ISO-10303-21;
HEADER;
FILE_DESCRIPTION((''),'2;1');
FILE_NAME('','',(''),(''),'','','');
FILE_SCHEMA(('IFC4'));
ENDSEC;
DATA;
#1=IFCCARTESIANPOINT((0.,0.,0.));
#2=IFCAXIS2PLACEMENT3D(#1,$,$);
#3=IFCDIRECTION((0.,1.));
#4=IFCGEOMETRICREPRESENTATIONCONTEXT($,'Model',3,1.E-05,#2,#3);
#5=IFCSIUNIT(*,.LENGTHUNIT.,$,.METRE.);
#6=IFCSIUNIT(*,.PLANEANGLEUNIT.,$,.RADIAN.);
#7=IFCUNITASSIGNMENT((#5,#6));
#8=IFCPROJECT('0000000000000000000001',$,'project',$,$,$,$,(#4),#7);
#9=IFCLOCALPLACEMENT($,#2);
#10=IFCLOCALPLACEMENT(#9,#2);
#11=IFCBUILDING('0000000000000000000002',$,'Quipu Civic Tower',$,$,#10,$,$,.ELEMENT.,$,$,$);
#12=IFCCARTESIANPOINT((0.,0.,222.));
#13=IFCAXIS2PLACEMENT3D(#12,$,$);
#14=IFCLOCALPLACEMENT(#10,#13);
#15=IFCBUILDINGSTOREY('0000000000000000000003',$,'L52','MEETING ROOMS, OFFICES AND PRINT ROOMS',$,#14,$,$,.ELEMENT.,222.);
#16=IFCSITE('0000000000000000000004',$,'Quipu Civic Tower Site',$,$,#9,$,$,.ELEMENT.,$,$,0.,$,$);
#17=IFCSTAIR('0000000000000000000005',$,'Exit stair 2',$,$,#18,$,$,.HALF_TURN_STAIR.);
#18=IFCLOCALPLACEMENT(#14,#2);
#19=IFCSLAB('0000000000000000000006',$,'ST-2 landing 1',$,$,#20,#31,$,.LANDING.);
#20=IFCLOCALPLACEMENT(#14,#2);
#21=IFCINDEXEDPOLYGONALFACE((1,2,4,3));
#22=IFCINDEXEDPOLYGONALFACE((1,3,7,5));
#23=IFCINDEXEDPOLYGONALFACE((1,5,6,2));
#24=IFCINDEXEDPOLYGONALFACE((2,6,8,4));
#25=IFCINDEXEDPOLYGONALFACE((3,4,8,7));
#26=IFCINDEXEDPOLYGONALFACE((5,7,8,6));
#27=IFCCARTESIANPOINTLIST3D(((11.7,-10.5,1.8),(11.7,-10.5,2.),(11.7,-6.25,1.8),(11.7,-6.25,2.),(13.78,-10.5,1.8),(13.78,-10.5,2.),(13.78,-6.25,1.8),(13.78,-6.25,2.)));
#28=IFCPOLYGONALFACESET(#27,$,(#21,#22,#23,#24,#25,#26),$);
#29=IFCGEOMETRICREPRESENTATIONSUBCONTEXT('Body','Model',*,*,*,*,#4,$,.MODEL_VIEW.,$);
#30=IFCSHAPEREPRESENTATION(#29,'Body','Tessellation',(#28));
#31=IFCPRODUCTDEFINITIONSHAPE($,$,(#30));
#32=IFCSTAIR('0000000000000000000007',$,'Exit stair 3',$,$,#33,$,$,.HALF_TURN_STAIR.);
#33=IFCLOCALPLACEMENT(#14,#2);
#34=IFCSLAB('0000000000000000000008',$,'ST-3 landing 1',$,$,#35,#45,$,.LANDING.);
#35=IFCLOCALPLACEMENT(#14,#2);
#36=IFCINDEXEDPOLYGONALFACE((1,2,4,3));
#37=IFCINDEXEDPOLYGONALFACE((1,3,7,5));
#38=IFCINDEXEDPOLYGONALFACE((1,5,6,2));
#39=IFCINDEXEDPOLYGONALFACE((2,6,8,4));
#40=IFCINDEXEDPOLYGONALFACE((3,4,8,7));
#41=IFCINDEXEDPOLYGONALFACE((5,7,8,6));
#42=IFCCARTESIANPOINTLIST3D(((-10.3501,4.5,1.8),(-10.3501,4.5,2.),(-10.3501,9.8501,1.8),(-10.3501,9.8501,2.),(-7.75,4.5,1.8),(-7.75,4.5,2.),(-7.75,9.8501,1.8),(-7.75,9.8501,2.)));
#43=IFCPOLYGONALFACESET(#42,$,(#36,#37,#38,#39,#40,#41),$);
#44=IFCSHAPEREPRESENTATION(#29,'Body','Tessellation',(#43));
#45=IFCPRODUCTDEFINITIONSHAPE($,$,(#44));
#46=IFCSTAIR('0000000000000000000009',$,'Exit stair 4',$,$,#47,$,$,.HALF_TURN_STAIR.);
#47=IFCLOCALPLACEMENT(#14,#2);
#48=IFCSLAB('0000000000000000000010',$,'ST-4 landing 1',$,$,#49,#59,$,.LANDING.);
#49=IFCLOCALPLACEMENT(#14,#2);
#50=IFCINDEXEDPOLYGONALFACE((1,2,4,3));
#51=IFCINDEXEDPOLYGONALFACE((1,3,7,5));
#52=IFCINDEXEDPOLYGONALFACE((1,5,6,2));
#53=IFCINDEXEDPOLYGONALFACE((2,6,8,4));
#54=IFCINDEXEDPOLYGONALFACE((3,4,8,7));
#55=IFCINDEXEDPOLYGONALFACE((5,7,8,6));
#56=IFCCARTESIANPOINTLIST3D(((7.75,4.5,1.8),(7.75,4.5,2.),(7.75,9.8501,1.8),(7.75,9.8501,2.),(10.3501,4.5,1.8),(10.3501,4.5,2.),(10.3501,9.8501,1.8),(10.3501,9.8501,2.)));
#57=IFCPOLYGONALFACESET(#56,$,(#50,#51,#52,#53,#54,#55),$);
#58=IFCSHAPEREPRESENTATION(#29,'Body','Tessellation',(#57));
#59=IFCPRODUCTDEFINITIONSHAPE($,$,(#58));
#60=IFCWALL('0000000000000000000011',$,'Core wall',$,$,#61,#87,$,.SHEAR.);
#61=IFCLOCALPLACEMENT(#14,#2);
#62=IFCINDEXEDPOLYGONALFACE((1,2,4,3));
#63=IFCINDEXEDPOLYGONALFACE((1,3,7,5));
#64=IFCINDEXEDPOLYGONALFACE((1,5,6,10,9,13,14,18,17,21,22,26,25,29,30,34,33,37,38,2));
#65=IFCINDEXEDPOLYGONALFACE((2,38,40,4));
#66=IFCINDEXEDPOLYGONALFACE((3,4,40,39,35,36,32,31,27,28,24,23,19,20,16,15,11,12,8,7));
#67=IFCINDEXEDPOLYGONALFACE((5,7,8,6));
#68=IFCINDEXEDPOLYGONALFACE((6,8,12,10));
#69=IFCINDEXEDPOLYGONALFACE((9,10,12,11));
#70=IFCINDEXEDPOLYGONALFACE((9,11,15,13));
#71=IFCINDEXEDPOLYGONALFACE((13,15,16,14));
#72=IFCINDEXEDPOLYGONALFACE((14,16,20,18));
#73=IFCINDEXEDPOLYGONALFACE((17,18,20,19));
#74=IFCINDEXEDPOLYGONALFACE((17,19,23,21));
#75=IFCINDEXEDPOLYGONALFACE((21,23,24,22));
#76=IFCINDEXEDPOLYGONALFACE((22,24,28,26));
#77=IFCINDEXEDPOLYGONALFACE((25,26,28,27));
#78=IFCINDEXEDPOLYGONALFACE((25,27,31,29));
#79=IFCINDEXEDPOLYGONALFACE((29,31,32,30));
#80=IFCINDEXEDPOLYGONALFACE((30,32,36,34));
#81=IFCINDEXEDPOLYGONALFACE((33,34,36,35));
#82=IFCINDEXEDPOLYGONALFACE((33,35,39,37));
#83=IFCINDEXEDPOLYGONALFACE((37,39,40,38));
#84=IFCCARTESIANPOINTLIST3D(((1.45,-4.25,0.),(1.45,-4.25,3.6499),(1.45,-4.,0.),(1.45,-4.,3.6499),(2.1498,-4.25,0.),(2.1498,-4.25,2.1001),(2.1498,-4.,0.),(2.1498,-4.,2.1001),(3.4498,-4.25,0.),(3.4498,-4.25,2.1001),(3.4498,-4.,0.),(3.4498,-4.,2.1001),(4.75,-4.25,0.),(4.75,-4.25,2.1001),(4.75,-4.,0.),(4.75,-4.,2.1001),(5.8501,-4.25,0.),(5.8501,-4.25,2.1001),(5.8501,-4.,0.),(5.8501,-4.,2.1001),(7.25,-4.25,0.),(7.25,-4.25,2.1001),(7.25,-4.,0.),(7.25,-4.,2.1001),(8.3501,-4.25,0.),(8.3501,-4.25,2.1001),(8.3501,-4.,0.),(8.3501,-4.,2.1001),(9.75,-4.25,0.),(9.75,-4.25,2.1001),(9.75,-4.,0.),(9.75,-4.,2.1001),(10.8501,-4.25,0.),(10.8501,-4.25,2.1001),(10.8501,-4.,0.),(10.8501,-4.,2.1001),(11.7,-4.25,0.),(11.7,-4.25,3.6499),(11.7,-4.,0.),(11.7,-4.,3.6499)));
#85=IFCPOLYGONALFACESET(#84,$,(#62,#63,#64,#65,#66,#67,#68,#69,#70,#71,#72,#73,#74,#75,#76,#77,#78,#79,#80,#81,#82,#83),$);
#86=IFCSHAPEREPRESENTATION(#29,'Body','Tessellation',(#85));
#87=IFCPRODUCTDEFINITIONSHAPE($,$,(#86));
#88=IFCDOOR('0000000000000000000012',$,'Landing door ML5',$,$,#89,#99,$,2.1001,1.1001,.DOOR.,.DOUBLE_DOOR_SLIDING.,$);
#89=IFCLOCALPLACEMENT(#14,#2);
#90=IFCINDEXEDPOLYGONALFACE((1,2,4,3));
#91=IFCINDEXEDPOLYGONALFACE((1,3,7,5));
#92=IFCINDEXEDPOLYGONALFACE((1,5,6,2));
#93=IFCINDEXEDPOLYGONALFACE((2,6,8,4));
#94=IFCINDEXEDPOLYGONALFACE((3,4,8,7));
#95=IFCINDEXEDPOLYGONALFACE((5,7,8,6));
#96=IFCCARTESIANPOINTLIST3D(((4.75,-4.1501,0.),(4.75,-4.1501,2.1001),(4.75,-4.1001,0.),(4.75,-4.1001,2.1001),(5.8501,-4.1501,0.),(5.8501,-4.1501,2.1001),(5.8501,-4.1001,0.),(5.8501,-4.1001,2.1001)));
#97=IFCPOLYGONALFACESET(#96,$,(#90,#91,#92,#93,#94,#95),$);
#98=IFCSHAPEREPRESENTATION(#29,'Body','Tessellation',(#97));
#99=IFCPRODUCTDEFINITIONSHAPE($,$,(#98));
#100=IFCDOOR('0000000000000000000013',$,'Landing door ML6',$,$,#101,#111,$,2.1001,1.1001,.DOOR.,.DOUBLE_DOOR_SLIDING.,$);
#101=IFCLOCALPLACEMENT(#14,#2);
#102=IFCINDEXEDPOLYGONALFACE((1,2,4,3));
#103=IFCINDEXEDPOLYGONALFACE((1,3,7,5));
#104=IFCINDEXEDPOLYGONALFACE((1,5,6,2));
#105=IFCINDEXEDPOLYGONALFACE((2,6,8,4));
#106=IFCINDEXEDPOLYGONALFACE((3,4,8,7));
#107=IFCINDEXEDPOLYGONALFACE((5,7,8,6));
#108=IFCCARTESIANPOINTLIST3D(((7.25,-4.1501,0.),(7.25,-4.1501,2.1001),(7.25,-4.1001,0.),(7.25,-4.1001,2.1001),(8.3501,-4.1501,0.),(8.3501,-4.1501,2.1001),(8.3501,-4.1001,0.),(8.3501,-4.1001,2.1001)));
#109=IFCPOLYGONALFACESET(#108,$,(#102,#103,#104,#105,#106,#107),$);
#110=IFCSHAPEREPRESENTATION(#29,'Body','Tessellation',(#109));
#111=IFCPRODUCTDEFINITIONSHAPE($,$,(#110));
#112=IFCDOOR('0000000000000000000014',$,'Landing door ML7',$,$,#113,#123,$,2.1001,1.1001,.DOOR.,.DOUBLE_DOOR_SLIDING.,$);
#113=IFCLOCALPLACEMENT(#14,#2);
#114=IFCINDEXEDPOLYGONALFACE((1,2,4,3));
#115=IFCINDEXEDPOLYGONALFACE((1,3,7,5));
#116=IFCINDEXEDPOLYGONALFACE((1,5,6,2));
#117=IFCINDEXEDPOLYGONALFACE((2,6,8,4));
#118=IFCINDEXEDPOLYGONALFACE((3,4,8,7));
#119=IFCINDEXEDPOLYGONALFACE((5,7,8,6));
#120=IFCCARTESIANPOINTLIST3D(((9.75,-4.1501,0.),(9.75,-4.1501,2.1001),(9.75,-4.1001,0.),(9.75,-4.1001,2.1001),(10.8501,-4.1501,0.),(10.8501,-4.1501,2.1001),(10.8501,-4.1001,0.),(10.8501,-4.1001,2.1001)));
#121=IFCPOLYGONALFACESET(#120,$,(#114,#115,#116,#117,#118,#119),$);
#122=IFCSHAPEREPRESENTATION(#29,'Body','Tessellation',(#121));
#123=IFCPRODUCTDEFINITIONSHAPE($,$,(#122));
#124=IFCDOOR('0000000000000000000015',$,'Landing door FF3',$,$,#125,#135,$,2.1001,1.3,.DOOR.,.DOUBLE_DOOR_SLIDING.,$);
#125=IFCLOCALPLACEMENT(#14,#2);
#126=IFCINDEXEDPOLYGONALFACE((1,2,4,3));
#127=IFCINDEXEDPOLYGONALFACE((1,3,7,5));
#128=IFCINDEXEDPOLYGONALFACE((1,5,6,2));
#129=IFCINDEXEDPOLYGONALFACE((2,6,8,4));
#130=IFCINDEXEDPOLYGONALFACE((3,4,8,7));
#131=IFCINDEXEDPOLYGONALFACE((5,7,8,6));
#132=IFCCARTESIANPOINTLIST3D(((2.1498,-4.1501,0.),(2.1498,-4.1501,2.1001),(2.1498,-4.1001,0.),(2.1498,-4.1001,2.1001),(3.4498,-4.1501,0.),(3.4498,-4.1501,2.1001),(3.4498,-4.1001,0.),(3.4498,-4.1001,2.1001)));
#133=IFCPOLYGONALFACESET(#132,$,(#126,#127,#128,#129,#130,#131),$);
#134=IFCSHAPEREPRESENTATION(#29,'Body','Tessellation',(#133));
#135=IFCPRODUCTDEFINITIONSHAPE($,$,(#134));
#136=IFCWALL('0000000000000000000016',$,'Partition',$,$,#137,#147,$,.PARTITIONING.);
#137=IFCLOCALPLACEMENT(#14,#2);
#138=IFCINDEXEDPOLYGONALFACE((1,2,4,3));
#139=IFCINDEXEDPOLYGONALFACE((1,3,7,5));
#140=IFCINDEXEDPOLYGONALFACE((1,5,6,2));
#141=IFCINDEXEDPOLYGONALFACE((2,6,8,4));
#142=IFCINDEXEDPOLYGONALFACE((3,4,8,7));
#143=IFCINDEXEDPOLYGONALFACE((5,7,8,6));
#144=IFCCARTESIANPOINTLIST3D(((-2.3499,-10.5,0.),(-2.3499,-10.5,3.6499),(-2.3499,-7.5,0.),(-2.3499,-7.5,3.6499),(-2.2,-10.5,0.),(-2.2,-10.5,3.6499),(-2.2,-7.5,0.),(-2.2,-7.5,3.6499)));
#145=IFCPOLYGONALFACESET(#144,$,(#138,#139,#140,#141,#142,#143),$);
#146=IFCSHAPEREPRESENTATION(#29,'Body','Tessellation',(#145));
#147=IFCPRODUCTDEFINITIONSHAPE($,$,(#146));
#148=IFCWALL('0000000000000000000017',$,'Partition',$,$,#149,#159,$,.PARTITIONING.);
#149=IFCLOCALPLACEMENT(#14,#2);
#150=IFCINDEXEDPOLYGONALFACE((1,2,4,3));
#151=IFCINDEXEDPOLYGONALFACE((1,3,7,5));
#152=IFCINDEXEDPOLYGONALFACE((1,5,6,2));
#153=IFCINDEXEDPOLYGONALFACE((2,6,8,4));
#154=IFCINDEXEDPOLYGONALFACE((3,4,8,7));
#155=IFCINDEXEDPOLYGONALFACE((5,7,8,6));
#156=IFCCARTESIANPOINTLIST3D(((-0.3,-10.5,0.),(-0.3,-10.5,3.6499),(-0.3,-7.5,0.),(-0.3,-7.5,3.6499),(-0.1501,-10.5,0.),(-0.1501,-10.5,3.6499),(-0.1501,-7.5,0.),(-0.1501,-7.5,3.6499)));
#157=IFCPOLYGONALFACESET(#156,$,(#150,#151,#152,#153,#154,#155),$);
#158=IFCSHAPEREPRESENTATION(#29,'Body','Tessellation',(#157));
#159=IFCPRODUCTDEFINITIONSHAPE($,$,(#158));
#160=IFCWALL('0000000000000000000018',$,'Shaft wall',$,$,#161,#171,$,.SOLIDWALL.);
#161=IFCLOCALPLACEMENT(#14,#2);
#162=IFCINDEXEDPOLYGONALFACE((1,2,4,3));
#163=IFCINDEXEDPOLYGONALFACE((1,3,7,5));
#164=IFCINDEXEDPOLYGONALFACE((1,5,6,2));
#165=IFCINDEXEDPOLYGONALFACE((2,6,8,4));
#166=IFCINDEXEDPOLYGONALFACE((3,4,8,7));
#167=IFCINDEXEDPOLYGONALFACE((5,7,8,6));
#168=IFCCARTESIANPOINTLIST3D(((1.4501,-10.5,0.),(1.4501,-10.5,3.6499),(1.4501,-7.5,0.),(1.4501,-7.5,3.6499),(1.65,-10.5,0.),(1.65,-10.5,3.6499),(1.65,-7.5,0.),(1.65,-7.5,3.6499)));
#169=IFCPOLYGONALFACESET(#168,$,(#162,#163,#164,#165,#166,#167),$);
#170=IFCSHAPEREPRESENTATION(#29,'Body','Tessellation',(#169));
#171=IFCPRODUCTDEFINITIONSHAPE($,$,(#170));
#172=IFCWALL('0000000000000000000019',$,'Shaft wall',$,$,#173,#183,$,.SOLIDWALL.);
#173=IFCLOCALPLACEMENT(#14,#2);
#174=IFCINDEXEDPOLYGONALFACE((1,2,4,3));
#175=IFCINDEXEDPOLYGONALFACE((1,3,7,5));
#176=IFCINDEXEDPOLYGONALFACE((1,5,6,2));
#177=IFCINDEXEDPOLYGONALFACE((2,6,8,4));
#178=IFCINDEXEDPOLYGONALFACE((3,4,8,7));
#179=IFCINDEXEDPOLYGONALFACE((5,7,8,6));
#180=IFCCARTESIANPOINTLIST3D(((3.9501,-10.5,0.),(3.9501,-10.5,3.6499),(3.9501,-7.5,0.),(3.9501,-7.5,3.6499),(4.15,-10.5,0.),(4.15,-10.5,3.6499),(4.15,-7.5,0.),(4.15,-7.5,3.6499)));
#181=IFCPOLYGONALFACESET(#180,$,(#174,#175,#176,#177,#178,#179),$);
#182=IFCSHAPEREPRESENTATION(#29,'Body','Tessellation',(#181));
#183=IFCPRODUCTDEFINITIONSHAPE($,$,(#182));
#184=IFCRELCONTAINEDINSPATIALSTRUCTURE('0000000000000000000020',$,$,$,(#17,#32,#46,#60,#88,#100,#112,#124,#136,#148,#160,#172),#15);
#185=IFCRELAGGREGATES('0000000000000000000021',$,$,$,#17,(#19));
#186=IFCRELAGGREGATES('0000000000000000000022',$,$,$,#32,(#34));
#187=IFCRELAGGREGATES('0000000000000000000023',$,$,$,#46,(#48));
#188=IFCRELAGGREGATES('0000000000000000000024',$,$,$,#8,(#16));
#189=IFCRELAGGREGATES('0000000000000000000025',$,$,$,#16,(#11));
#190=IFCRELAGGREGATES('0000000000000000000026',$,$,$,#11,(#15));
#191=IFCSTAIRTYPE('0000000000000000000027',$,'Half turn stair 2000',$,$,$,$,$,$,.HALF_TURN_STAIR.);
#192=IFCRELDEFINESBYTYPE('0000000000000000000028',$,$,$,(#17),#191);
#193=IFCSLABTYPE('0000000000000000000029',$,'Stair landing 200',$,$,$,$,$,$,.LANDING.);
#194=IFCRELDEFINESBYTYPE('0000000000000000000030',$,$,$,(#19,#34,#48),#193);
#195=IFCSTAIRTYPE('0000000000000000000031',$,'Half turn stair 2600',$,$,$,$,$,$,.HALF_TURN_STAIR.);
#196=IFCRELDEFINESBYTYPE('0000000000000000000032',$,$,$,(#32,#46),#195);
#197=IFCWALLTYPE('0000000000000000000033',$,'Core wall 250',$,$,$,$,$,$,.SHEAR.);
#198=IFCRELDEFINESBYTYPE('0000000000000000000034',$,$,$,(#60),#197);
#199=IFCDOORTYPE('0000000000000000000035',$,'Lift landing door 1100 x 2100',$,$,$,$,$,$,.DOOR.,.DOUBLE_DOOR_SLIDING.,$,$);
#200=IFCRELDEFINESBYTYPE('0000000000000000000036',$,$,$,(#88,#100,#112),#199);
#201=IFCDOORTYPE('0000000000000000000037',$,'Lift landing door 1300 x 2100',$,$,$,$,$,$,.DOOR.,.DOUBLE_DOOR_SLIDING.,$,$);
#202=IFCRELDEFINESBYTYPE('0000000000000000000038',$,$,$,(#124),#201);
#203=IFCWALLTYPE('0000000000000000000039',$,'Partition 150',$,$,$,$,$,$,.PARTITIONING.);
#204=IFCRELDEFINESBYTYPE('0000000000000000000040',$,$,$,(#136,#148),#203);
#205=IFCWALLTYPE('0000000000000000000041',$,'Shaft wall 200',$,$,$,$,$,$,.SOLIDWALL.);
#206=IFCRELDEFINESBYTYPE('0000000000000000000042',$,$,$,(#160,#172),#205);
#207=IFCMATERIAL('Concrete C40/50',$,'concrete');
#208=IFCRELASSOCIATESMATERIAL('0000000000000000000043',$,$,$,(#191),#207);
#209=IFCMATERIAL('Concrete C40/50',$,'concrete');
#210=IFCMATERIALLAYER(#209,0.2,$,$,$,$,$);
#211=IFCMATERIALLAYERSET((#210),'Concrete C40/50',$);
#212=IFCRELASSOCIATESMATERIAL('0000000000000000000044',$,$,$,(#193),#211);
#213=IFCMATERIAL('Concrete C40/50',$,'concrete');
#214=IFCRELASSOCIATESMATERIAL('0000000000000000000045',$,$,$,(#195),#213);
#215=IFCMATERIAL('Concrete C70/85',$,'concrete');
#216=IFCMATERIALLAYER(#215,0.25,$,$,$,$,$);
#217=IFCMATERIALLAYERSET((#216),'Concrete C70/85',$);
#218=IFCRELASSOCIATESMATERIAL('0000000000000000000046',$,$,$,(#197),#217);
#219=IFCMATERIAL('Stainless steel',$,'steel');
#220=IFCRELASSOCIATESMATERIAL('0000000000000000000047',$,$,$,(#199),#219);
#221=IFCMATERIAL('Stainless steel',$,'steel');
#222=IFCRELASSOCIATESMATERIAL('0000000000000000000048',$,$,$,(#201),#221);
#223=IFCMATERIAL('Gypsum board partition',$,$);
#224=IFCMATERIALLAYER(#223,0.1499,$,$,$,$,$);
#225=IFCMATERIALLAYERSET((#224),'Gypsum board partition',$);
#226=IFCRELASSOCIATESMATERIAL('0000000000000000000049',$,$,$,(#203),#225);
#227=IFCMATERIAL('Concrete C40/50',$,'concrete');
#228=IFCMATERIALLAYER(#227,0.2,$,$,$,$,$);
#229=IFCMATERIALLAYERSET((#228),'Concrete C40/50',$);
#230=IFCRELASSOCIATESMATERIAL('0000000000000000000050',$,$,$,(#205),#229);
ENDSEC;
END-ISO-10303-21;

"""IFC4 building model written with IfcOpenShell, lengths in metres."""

from ifc_helpers import new_model, si_unit, direction, frame, frame_2d, origin, place, context, subcontext, project, spatial, polyline, rectangle, outline, extrude, material, layer, layer_set, type_object, element, fill, aggregate, save


model = new_model("IFC4")

# Units and contexts
model_context = context("Model", 3, precision=1e-05, world=origin(), true_north=direction((0.0, 1.0)))
body_context = subcontext(model_context, "Body", "Model", "MODEL_VIEW")
ifc_project = project(units=[si_unit("LENGTHUNIT", "METRE"), si_unit("PLANEANGLEUNIT", "RADIAN")], contexts=[model_context])

# Site, building, storey
site_placement = place(None, origin())
site = spatial("IfcSite", under=ifc_project, at=site_placement, Name="Quipu Civic Tower Site", CompositionType="ELEMENT", RefElevation=0.0)
building_placement = place(site_placement, origin())
building = spatial("IfcBuilding", under=site, at=building_placement, Name="Quipu Civic Tower", CompositionType="ELEMENT")
storey_placement = place(building_placement, frame((0.0, 0.0, 222.0)))
storey = spatial("IfcBuildingStorey", under=building, at=storey_placement, Name="L52", Description="MEETING ROOMS, OFFICES AND PRINT ROOMS", CompositionType="ELEMENT", Elevation=222.0)

# Stairs, slabs
ifc_material_1 = material(Name="Concrete C40/50", Category="concrete")
stair_type_1 = type_object("IfcStairType", Name="Half turn stair 2000", PredefinedType="HALF_TURN_STAIR", material=ifc_material_1)
ifc_material_2 = material(Name="Concrete C40/50", Category="concrete")
ifc_layer_1 = layer(ifc_material_2, 0.2)
ifc_layer_set_1 = layer_set([ifc_layer_1], Name="Concrete C40/50")
slab_type_1 = type_object("IfcSlabType", Name="Stair landing 200", PredefinedType="LANDING", material=ifc_layer_set_1)
stair_1_placement = place(storey_placement, origin())
stair_1 = element("IfcStair", 1, at=stair_1_placement, inside=storey, type_object=stair_type_1, Name="Exit stair 2", PredefinedType="HALF_TURN_STAIR")
slab_1_placement = place(storey_placement, frame((0.0, 0.0, 1.8)))
slab_1 = element("IfcSlab", 2, at=slab_1_placement, type_object=slab_type_1, Name="ST-2 landing 1", PredefinedType="LANDING", context=body_context, shape_type="SweptSolid", body=[
    extrude(outline(polyline([(13.78, -6.25), (11.7, -6.25), (11.7, -10.5), (13.78, -10.5), (13.78, -6.25)])), origin(), (0.0, 0.0, 1.0), 0.2),
])
aggregate(stair_1, [slab_1])
ifc_material_3 = material(Name="Concrete C40/50", Category="concrete")
stair_type_2 = type_object("IfcStairType", Name="Half turn stair 2600", PredefinedType="HALF_TURN_STAIR", material=ifc_material_3)
stair_2_placement = place(storey_placement, origin())
stair_2 = element("IfcStair", 3, at=stair_2_placement, inside=storey, type_object=stair_type_2, Name="Exit stair 3", PredefinedType="HALF_TURN_STAIR")
slab_2_placement = place(storey_placement, frame((0.0, 0.0, 1.8)))
slab_2 = element("IfcSlab", 4, at=slab_2_placement, type_object=slab_type_1, Name="ST-3 landing 1", PredefinedType="LANDING", context=body_context, shape_type="SweptSolid", body=[
    extrude(outline(polyline([(-10.3501, 4.5), (-7.75, 4.5), (-7.75, 9.8501), (-10.3501, 9.8501), (-10.3501, 4.5)])), origin(), (0.0, 0.0, 1.0), 0.2),
])
aggregate(stair_2, [slab_2])
stair_3_placement = place(storey_placement, origin())
stair_3 = element("IfcStair", 5, at=stair_3_placement, inside=storey, type_object=stair_type_2, Name="Exit stair 4", PredefinedType="HALF_TURN_STAIR")
slab_3_placement = place(storey_placement, frame((0.0, 0.0, 1.8)))
slab_3 = element("IfcSlab", 6, at=slab_3_placement, type_object=slab_type_1, Name="ST-4 landing 1", PredefinedType="LANDING", context=body_context, shape_type="SweptSolid", body=[
    extrude(outline(polyline([(10.3501, 9.8501), (7.75, 9.8501), (7.75, 4.5), (10.3501, 4.5), (10.3501, 9.8501)])), origin(), (0.0, 0.0, 1.0), 0.2),
])
aggregate(stair_3, [slab_3])

# Wall, openings, doors
ifc_material_4 = material(Name="Concrete C70/85", Category="concrete")
ifc_layer_2 = layer(ifc_material_4, 0.25)
ifc_layer_set_2 = layer_set([ifc_layer_2], Name="Concrete C70/85")
wall_type_1 = type_object("IfcWallType", Name="Core wall 250", PredefinedType="SHEAR", material=ifc_layer_set_2)
wall_placement = place(storey_placement, frame((1.45, -4.125, 0.0), z_axis=(0.0, 0.0, 1.0), x_axis=(1.0, 0.0, 0.0)))
wall = element("IfcWall", 7, at=wall_placement, inside=storey, type_object=wall_type_1, Name="Core wall", PredefinedType="SHEAR", context=body_context, shape_type="SweptSolid", body=[
    extrude(rectangle(XDim=10.25, YDim=0.25, at=frame_2d((5.125, 0.0))), origin(), (0.0, 0.0, 1.0), 3.6499),
])
opening_1_placement = place(wall_placement, frame((0.7, 0.0, 0.0)))
opening_1 = element("IfcOpeningElement", 8, at=opening_1_placement, cuts=wall, PredefinedType="OPENING", context=body_context, shape_type="SweptSolid", body=[
    extrude(rectangle(XDim=1.3, YDim=2.1001, at=frame_2d((0.6499, 1.05))), frame((0.0, 0.135, 0.0), z_axis=(0.0, -1.0, 0.0), x_axis=(1.0, 0.0, 0.0)), (0.0, 0.0, 1.0), 0.27),
])
opening_2_placement = place(wall_placement, frame((3.3, 0.0, 0.0)))
opening_2 = element("IfcOpeningElement", 9, at=opening_2_placement, cuts=wall, PredefinedType="OPENING", context=body_context, shape_type="SweptSolid", body=[
    extrude(rectangle(XDim=1.1001, YDim=2.1001, at=frame_2d((0.55, 1.05))), frame((0.0, 0.135, 0.0), z_axis=(0.0, -1.0, 0.0), x_axis=(1.0, 0.0, 0.0)), (0.0, 0.0, 1.0), 0.27),
])
opening_3_placement = place(wall_placement, frame((5.8, 0.0, 0.0)))
opening_3 = element("IfcOpeningElement", 10, at=opening_3_placement, cuts=wall, PredefinedType="OPENING", context=body_context, shape_type="SweptSolid", body=[
    extrude(rectangle(XDim=1.1001, YDim=2.1001, at=frame_2d((0.55, 1.05))), frame((0.0, 0.135, 0.0), z_axis=(0.0, -1.0, 0.0), x_axis=(1.0, 0.0, 0.0)), (0.0, 0.0, 1.0), 0.27),
])
opening_4_placement = place(wall_placement, frame((8.3, 0.0, 0.0)))
opening_4 = element("IfcOpeningElement", 11, at=opening_4_placement, cuts=wall, PredefinedType="OPENING", context=body_context, shape_type="SweptSolid", body=[
    extrude(rectangle(XDim=1.1001, YDim=2.1001, at=frame_2d((0.55, 1.05))), frame((0.0, 0.135, 0.0), z_axis=(0.0, -1.0, 0.0), x_axis=(1.0, 0.0, 0.0)), (0.0, 0.0, 1.0), 0.27),
])
ifc_material_5 = material(Name="Stainless steel", Category="steel")
door_type_1 = type_object("IfcDoorType", Name="Lift landing door 1100 x 2100", OperationType="DOUBLE_DOOR_SLIDING", PredefinedType="DOOR", material=ifc_material_5)
door_1_placement = place(opening_2_placement, origin())
door_1 = element("IfcDoor", 12, at=door_1_placement, inside=storey, type_object=door_type_1, Name="Landing door ML5", OperationType="DOUBLE_DOOR_SLIDING", OverallHeight=2.1001, OverallWidth=1.1001, PredefinedType="DOOR", context=body_context, shape_type="SweptSolid", body=[
    extrude(rectangle(XDim=1.1001, YDim=2.1001, at=frame_2d((0.55, 1.05))), frame((0.0, 0.0249, 0.0), z_axis=(0.0, -1.0, 0.0), x_axis=(1.0, 0.0, 0.0)), (0.0, 0.0, 1.0), 0.05),
])
fill(opening_2, door_1)
door_2_placement = place(opening_3_placement, origin())
door_2 = element("IfcDoor", 13, at=door_2_placement, inside=storey, type_object=door_type_1, Name="Landing door ML6", OperationType="DOUBLE_DOOR_SLIDING", OverallHeight=2.1001, OverallWidth=1.1001, PredefinedType="DOOR", context=body_context, shape_type="SweptSolid", body=[
    extrude(rectangle(XDim=1.1001, YDim=2.1001, at=frame_2d((0.55, 1.05))), frame((0.0, 0.0249, 0.0), z_axis=(0.0, -1.0, 0.0), x_axis=(1.0, 0.0, 0.0)), (0.0, 0.0, 1.0), 0.05),
])
fill(opening_3, door_2)
door_3_placement = place(opening_4_placement, origin())
door_3 = element("IfcDoor", 14, at=door_3_placement, inside=storey, type_object=door_type_1, Name="Landing door ML7", OperationType="DOUBLE_DOOR_SLIDING", OverallHeight=2.1001, OverallWidth=1.1001, PredefinedType="DOOR", context=body_context, shape_type="SweptSolid", body=[
    extrude(rectangle(XDim=1.1001, YDim=2.1001, at=frame_2d((0.55, 1.05))), frame((0.0, 0.0249, 0.0), z_axis=(0.0, -1.0, 0.0), x_axis=(1.0, 0.0, 0.0)), (0.0, 0.0, 1.0), 0.05),
])
fill(opening_4, door_3)
ifc_material_6 = material(Name="Stainless steel", Category="steel")
door_type_2 = type_object("IfcDoorType", Name="Lift landing door 1300 x 2100", OperationType="DOUBLE_DOOR_SLIDING", PredefinedType="DOOR", material=ifc_material_6)
door_4_placement = place(opening_1_placement, origin())
door_4 = element("IfcDoor", 15, at=door_4_placement, inside=storey, type_object=door_type_2, Name="Landing door FF3", OperationType="DOUBLE_DOOR_SLIDING", OverallHeight=2.1001, OverallWidth=1.3, PredefinedType="DOOR", context=body_context, shape_type="SweptSolid", body=[
    extrude(rectangle(XDim=1.3, YDim=2.1001, at=frame_2d((0.6499, 1.05))), frame((0.0, 0.0249, 0.0), z_axis=(0.0, -1.0, 0.0), x_axis=(1.0, 0.0, 0.0)), (0.0, 0.0, 1.0), 0.05),
])
fill(opening_1, door_4)

# Walls
ifc_material_7 = material(Name="Gypsum board partition")
ifc_layer_3 = layer(ifc_material_7, 0.1499)
ifc_layer_set_3 = layer_set([ifc_layer_3], Name="Gypsum board partition")
wall_type_2 = type_object("IfcWallType", Name="Partition 150", PredefinedType="PARTITIONING", material=ifc_layer_set_3)
for number, where, z_axis, x_axis, name in (
    (16, (-2.2749, -10.5, 0.0), (0.0, 0.0, 1.0), (0.0, 1.0, 0.0), "Partition"),
    (17, (-0.2251, -10.5, 0.0), (0.0, 0.0, 1.0), (0.0, 1.0, 0.0), "Partition"),
):
    element("IfcWall", number, at=place(storey_placement, frame(where, z_axis=z_axis, x_axis=x_axis)), inside=storey, type_object=wall_type_2, Name=name, PredefinedType="PARTITIONING", context=body_context, shape_type="SweptSolid", body=[
        extrude(rectangle(XDim=3.0, YDim=0.1499, at=frame_2d((1.5, 0.0))), origin(), (0.0, 0.0, 1.0), 3.6499),
    ])
ifc_material_8 = material(Name="Concrete C40/50", Category="concrete")
ifc_layer_4 = layer(ifc_material_8, 0.2)
ifc_layer_set_4 = layer_set([ifc_layer_4], Name="Concrete C40/50")
wall_type_3 = type_object("IfcWallType", Name="Shaft wall 200", PredefinedType="SOLIDWALL", material=ifc_layer_set_4)
for number, where, z_axis, x_axis, name in (
    (18, (1.55, -10.5, 0.0), (0.0, 0.0, 1.0), (0.0, 1.0, 0.0), "Shaft wall"),
    (19, (4.05, -10.5, 0.0), (0.0, 0.0, 1.0), (0.0, 1.0, 0.0), "Shaft wall"),
):
    element("IfcWall", number, at=place(storey_placement, frame(where, z_axis=z_axis, x_axis=x_axis)), inside=storey, type_object=wall_type_3, Name=name, PredefinedType="SOLIDWALL", context=body_context, shape_type="SweptSolid", body=[
        extrude(rectangle(XDim=3.0, YDim=0.2, at=frame_2d((1.5, 0.0))), origin(), (0.0, 0.0, 1.0), 3.6499),
    ])

save(model, "model.ifc")
